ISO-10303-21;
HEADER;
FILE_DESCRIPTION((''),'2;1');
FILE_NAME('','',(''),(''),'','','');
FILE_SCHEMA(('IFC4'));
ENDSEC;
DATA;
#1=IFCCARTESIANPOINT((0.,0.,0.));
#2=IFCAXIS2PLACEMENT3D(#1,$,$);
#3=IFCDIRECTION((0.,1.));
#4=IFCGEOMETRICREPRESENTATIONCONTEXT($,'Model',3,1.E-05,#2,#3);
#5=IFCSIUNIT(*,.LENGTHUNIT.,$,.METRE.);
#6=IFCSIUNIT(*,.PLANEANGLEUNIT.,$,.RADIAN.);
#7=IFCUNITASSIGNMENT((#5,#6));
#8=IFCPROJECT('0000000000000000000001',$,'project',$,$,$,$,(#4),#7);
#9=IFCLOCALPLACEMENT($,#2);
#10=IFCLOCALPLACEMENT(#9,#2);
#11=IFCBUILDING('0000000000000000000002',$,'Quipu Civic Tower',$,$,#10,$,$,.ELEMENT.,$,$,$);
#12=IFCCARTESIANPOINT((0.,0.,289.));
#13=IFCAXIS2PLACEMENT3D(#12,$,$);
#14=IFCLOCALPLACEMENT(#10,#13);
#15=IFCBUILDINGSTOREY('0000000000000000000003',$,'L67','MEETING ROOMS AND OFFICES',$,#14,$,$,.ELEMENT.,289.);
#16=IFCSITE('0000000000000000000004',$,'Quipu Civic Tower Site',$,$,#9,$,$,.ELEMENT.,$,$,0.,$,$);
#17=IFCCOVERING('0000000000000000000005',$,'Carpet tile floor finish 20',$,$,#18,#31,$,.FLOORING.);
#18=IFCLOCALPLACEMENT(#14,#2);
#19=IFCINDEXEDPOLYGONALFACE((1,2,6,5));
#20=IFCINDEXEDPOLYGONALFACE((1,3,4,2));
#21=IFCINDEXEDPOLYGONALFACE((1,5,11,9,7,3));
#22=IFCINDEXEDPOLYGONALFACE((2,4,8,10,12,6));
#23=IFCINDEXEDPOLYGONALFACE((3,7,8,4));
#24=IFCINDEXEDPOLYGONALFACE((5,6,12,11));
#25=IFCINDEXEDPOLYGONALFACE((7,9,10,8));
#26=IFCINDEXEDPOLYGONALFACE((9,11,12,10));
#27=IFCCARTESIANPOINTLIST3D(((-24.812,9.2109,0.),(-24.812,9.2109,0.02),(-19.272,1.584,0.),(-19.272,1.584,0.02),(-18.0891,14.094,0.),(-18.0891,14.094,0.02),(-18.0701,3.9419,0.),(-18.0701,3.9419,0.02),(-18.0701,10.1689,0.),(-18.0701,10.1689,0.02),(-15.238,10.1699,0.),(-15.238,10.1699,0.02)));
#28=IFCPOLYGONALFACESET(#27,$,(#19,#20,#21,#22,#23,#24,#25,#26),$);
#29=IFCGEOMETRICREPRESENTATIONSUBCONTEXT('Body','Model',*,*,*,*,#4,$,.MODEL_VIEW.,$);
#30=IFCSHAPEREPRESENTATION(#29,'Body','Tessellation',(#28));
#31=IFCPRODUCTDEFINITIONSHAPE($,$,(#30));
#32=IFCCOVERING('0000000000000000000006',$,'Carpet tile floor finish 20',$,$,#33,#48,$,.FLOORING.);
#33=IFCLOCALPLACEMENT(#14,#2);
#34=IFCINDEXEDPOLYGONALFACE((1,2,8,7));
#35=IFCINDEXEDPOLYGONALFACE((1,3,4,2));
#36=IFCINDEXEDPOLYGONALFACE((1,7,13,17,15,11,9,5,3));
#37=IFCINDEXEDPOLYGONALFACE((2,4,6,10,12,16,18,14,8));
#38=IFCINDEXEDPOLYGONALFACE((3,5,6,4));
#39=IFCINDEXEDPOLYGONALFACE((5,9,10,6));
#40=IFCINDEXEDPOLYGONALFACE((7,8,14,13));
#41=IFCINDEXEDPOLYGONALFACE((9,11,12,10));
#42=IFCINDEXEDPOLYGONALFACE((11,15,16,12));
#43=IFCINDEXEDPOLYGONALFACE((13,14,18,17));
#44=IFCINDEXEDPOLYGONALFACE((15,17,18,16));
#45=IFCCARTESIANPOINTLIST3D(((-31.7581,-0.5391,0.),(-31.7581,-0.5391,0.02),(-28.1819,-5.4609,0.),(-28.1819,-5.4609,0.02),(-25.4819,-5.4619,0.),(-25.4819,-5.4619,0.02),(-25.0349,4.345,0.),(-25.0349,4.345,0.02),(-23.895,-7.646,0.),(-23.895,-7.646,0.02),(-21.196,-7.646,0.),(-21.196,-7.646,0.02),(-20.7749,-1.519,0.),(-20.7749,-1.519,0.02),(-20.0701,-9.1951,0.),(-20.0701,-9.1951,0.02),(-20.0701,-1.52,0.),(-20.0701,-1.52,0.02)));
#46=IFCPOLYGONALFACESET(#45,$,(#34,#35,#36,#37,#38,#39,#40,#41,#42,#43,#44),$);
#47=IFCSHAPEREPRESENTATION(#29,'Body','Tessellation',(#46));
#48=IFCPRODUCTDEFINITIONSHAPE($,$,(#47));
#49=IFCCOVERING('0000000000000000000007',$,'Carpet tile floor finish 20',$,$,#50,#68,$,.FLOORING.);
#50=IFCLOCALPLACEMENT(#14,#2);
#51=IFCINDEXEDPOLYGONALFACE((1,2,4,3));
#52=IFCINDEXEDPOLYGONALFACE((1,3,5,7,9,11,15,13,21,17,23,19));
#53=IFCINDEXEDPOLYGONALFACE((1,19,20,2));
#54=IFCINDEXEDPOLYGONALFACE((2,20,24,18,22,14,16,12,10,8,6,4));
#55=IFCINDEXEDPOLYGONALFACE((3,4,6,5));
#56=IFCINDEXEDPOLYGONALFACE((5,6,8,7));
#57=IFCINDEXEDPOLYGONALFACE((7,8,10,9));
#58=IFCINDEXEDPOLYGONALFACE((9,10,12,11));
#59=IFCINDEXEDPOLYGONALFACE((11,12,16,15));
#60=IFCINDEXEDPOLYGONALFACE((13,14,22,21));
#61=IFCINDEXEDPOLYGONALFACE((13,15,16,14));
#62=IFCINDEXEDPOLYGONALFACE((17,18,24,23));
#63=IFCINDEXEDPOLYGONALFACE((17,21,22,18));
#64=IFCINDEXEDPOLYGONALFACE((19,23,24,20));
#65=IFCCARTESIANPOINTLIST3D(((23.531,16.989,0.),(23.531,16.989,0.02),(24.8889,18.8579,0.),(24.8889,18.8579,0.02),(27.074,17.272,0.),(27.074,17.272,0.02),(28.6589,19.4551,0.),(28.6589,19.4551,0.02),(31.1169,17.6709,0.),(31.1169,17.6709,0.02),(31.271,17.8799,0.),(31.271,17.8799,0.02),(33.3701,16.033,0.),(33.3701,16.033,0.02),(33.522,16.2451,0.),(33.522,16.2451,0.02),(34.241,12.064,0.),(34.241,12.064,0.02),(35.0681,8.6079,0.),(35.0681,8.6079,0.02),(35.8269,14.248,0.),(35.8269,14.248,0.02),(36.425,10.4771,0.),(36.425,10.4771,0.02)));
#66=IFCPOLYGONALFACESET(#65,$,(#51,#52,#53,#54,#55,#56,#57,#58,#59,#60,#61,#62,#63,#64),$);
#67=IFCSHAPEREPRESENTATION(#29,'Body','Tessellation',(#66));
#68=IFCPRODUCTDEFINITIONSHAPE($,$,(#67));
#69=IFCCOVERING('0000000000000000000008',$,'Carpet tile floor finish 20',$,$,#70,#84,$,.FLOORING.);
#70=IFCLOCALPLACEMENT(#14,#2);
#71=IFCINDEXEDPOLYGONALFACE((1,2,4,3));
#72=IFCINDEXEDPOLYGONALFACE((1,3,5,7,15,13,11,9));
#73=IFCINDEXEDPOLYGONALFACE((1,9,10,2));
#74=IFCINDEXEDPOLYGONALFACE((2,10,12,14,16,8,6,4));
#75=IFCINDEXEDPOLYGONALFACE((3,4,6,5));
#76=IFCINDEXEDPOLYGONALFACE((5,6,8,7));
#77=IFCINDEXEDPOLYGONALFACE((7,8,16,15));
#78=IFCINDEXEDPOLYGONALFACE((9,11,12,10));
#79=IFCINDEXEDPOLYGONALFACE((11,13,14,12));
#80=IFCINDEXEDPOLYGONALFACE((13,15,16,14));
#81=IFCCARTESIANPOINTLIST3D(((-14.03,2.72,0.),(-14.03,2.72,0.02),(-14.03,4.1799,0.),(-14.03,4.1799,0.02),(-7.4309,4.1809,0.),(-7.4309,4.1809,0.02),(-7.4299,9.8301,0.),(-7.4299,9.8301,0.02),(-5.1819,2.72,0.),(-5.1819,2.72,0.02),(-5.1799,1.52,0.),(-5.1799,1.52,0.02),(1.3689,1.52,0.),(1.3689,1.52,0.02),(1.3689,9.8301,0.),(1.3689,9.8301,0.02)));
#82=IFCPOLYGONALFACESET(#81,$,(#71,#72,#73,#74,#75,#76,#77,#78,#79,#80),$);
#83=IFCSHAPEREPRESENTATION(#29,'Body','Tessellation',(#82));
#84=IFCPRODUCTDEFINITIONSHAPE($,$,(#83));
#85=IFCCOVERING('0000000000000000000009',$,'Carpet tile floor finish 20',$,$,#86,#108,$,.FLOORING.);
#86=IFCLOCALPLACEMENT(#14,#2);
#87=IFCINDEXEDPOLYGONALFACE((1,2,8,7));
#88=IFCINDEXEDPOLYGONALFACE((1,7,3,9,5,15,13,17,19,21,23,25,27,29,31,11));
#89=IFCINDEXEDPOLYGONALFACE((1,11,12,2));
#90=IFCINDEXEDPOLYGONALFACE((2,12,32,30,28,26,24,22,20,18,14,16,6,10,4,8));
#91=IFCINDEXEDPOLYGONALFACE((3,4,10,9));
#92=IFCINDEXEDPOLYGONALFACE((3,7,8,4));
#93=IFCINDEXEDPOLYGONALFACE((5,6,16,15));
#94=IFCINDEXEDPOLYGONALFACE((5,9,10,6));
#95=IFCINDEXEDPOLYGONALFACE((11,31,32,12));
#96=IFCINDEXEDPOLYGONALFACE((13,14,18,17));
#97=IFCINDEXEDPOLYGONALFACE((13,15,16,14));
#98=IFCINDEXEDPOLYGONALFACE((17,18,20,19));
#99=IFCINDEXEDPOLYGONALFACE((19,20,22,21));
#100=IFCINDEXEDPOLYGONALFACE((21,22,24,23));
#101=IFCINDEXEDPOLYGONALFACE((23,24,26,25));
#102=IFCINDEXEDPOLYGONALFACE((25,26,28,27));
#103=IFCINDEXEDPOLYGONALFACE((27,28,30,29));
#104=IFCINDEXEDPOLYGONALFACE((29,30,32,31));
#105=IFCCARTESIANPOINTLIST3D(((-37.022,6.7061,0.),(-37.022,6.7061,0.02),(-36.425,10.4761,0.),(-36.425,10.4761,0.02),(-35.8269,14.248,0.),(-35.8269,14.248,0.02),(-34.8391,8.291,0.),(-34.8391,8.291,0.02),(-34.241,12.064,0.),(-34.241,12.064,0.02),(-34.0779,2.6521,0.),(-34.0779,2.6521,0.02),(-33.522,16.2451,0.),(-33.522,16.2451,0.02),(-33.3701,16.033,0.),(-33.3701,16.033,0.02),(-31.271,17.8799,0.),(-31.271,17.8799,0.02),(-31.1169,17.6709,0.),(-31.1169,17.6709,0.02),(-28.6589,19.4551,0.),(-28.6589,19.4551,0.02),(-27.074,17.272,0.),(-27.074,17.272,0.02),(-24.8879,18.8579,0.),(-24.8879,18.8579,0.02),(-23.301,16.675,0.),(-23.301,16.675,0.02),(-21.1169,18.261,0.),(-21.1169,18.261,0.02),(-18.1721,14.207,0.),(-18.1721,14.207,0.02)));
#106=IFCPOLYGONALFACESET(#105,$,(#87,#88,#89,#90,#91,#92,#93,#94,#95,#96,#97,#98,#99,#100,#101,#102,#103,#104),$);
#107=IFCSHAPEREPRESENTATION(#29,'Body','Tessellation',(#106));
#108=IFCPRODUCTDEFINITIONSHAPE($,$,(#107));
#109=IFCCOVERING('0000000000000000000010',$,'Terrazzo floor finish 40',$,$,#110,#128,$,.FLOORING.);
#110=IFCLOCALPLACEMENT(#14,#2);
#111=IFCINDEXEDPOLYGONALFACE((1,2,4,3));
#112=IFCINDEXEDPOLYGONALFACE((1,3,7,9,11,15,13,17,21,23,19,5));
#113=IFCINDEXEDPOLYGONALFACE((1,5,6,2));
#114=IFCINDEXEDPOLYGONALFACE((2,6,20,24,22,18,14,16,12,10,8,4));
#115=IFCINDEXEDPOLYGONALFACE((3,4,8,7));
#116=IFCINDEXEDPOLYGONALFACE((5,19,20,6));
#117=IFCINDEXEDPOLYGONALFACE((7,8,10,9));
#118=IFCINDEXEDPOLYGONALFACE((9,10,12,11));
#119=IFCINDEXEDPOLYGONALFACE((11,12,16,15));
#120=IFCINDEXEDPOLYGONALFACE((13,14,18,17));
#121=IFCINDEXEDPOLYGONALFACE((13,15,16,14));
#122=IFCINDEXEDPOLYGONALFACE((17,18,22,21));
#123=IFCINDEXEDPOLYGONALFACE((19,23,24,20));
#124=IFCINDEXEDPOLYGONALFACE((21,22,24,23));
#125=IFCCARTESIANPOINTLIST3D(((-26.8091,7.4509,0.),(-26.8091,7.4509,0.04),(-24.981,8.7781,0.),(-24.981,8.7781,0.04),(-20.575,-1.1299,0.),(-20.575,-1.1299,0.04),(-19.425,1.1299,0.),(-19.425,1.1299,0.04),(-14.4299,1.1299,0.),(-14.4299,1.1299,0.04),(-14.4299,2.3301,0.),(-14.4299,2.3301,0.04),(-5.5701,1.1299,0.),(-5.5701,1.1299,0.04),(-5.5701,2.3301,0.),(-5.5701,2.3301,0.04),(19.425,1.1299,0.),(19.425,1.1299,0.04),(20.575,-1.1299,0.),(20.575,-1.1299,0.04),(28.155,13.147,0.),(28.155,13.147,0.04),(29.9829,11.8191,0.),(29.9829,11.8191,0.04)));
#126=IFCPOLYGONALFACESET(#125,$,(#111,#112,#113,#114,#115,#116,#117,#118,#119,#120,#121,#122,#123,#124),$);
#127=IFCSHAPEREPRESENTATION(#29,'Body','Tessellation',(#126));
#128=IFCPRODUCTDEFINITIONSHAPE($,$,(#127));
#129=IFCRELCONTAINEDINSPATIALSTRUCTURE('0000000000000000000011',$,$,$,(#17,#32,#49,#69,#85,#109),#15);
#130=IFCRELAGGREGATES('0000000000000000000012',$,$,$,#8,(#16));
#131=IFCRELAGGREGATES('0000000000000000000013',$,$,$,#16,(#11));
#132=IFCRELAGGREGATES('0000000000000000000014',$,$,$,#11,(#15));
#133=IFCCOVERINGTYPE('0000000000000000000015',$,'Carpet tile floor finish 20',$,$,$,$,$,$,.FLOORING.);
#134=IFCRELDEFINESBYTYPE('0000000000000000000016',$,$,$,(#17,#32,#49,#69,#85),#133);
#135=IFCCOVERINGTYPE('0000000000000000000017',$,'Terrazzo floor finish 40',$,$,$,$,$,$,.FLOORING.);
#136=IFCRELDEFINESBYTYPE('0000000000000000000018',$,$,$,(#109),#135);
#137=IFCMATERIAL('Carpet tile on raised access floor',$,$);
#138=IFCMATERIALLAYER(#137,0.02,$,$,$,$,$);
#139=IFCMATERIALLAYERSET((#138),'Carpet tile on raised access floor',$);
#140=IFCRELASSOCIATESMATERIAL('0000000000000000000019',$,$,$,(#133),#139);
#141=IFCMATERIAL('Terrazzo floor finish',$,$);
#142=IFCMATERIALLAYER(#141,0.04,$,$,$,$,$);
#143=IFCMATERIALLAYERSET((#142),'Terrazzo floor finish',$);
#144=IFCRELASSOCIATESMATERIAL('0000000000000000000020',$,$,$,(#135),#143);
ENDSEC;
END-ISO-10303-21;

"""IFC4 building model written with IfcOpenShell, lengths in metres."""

from ifc_helpers import new_model, si_unit, direction, frame, origin, place, context, subcontext, project, spatial, polyline, outline, extrude, material, layer, layer_set, type_object, element, save


model = new_model("IFC4")

# Units and contexts
model_context = context("Model", 3, precision=1e-05, world=origin(), true_north=direction((0.0, 1.0)))
body_context = subcontext(model_context, "Body", "Model", "MODEL_VIEW")
ifc_project = project(units=[si_unit("LENGTHUNIT", "METRE"), si_unit("PLANEANGLEUNIT", "RADIAN")], contexts=[model_context])

# Site, building, storey
site_placement = place(None, origin())
site = spatial("IfcSite", under=ifc_project, at=site_placement, Name="Quipu Civic Tower Site", CompositionType="ELEMENT", RefElevation=0.0)
building_placement = place(site_placement, origin())
building = spatial("IfcBuilding", under=site, at=building_placement, Name="Quipu Civic Tower", CompositionType="ELEMENT")
storey_placement = place(building_placement, frame((0.0, 0.0, 289.0)))
storey = spatial("IfcBuildingStorey", under=building, at=storey_placement, Name="L67", Description="MEETING ROOMS AND OFFICES", CompositionType="ELEMENT", Elevation=289.0)

# Coverings
ifc_material_1 = material(Name="Carpet tile on raised access floor")
ifc_layer_1 = layer(ifc_material_1, 0.02)
ifc_layer_set_1 = layer_set([ifc_layer_1], Name="Carpet tile on raised access floor")
covering_type_1 = type_object("IfcCoveringType", Name="Carpet tile floor finish 20", PredefinedType="FLOORING", material=ifc_layer_set_1)
covering_1_placement = place(storey_placement, origin())
element("IfcCovering", 1, at=covering_1_placement, inside=storey, type_object=covering_type_1, Name="Carpet tile floor finish 20", PredefinedType="FLOORING", context=body_context, shape_type="SweptSolid", body=[
    extrude(outline(polyline([(-24.812, 9.2109), (-18.0891, 14.094), (-15.238, 10.1699), (-18.0701, 10.1689), (-18.0701, 3.9419), (-19.272, 1.584), (-24.812, 9.2109)])), origin(), (0.0, 0.0, 1.0), 0.02),
])
covering_2_placement = place(storey_placement, origin())
element("IfcCovering", 2, at=covering_2_placement, inside=storey, type_object=covering_type_1, Name="Carpet tile floor finish 20", PredefinedType="FLOORING", context=body_context, shape_type="SweptSolid", body=[
    extrude(outline(polyline([(-31.7581, -0.5391), (-25.0349, 4.345), (-20.7749, -1.519), (-20.0701, -1.52), (-20.0701, -9.1951), (-21.196, -7.646), (-23.895, -7.646), (-25.4819, -5.4619), (-28.1819, -5.4609), (-31.7581, -0.5391)])), origin(), (0.0, 0.0, 1.0), 0.02),
])
covering_3_placement = place(storey_placement, origin())
element("IfcCovering", 3, at=covering_3_placement, inside=storey, type_object=covering_type_1, Name="Carpet tile floor finish 20", PredefinedType="FLOORING", context=body_context, shape_type="SweptSolid", body=[
    extrude(outline(polyline([(23.531, 16.989), (24.8889, 18.8579), (27.074, 17.272), (28.6589, 19.4551), (31.1169, 17.6709), (31.271, 17.8799), (33.522, 16.2451), (33.3701, 16.033), (35.8269, 14.248), (34.241, 12.064), (36.425, 10.4771), (35.0681, 8.6079), (23.531, 16.989)])), origin(), (0.0, 0.0, 1.0), 0.02),
])
covering_4_placement = place(storey_placement, origin())
element("IfcCovering", 4, at=covering_4_placement, inside=storey, type_object=covering_type_1, Name="Carpet tile floor finish 20", PredefinedType="FLOORING", context=body_context, shape_type="SweptSolid", body=[
    extrude(outline(polyline([(-14.03, 2.72), (-14.03, 4.1799), (-7.4309, 4.1809), (-7.4299, 9.8301), (1.3689, 9.8301), (1.3689, 1.52), (-5.1799, 1.52), (-5.1819, 2.72), (-14.03, 2.72)])), origin(), (0.0, 0.0, 1.0), 0.02),
])
covering_5_placement = place(storey_placement, origin())
element("IfcCovering", 5, at=covering_5_placement, inside=storey, type_object=covering_type_1, Name="Carpet tile floor finish 20", PredefinedType="FLOORING", context=body_context, shape_type="SweptSolid", body=[
    extrude(outline(polyline([(-37.022, 6.7061), (-34.8391, 8.291), (-36.425, 10.4761), (-34.241, 12.064), (-35.8269, 14.248), (-33.3701, 16.033), (-33.522, 16.2451), (-31.271, 17.8799), (-31.1169, 17.6709), (-28.6589, 19.4551), (-27.074, 17.272), (-24.8879, 18.8579), (-23.301, 16.675), (-21.1169, 18.261), (-18.1721, 14.207), (-34.0779, 2.6521), (-37.022, 6.7061)])), origin(), (0.0, 0.0, 1.0), 0.02),
])
ifc_material_2 = material(Name="Terrazzo floor finish")
ifc_layer_2 = layer(ifc_material_2, 0.04)
ifc_layer_set_2 = layer_set([ifc_layer_2], Name="Terrazzo floor finish")
covering_type_2 = type_object("IfcCoveringType", Name="Terrazzo floor finish 40", PredefinedType="FLOORING", material=ifc_layer_set_2)
covering_6_placement = place(storey_placement, origin())
element("IfcCovering", 6, at=covering_6_placement, inside=storey, type_object=covering_type_2, Name="Terrazzo floor finish 40", PredefinedType="FLOORING", context=body_context, shape_type="SweptSolid", body=[
    extrude(outline(polyline([(19.425, 1.1299), (28.155, 13.147), (29.9829, 11.8191), (20.575, -1.1299), (-20.575, -1.1299), (-26.8091, 7.4509), (-24.981, 8.7781), (-19.425, 1.1299), (-14.4299, 1.1299), (-14.4299, 2.3301), (-5.5701, 2.3301), (-5.5701, 1.1299), (19.425, 1.1299)])), origin(), (0.0, 0.0, 1.0), 0.04),
])

save(model, "model.ifc")
